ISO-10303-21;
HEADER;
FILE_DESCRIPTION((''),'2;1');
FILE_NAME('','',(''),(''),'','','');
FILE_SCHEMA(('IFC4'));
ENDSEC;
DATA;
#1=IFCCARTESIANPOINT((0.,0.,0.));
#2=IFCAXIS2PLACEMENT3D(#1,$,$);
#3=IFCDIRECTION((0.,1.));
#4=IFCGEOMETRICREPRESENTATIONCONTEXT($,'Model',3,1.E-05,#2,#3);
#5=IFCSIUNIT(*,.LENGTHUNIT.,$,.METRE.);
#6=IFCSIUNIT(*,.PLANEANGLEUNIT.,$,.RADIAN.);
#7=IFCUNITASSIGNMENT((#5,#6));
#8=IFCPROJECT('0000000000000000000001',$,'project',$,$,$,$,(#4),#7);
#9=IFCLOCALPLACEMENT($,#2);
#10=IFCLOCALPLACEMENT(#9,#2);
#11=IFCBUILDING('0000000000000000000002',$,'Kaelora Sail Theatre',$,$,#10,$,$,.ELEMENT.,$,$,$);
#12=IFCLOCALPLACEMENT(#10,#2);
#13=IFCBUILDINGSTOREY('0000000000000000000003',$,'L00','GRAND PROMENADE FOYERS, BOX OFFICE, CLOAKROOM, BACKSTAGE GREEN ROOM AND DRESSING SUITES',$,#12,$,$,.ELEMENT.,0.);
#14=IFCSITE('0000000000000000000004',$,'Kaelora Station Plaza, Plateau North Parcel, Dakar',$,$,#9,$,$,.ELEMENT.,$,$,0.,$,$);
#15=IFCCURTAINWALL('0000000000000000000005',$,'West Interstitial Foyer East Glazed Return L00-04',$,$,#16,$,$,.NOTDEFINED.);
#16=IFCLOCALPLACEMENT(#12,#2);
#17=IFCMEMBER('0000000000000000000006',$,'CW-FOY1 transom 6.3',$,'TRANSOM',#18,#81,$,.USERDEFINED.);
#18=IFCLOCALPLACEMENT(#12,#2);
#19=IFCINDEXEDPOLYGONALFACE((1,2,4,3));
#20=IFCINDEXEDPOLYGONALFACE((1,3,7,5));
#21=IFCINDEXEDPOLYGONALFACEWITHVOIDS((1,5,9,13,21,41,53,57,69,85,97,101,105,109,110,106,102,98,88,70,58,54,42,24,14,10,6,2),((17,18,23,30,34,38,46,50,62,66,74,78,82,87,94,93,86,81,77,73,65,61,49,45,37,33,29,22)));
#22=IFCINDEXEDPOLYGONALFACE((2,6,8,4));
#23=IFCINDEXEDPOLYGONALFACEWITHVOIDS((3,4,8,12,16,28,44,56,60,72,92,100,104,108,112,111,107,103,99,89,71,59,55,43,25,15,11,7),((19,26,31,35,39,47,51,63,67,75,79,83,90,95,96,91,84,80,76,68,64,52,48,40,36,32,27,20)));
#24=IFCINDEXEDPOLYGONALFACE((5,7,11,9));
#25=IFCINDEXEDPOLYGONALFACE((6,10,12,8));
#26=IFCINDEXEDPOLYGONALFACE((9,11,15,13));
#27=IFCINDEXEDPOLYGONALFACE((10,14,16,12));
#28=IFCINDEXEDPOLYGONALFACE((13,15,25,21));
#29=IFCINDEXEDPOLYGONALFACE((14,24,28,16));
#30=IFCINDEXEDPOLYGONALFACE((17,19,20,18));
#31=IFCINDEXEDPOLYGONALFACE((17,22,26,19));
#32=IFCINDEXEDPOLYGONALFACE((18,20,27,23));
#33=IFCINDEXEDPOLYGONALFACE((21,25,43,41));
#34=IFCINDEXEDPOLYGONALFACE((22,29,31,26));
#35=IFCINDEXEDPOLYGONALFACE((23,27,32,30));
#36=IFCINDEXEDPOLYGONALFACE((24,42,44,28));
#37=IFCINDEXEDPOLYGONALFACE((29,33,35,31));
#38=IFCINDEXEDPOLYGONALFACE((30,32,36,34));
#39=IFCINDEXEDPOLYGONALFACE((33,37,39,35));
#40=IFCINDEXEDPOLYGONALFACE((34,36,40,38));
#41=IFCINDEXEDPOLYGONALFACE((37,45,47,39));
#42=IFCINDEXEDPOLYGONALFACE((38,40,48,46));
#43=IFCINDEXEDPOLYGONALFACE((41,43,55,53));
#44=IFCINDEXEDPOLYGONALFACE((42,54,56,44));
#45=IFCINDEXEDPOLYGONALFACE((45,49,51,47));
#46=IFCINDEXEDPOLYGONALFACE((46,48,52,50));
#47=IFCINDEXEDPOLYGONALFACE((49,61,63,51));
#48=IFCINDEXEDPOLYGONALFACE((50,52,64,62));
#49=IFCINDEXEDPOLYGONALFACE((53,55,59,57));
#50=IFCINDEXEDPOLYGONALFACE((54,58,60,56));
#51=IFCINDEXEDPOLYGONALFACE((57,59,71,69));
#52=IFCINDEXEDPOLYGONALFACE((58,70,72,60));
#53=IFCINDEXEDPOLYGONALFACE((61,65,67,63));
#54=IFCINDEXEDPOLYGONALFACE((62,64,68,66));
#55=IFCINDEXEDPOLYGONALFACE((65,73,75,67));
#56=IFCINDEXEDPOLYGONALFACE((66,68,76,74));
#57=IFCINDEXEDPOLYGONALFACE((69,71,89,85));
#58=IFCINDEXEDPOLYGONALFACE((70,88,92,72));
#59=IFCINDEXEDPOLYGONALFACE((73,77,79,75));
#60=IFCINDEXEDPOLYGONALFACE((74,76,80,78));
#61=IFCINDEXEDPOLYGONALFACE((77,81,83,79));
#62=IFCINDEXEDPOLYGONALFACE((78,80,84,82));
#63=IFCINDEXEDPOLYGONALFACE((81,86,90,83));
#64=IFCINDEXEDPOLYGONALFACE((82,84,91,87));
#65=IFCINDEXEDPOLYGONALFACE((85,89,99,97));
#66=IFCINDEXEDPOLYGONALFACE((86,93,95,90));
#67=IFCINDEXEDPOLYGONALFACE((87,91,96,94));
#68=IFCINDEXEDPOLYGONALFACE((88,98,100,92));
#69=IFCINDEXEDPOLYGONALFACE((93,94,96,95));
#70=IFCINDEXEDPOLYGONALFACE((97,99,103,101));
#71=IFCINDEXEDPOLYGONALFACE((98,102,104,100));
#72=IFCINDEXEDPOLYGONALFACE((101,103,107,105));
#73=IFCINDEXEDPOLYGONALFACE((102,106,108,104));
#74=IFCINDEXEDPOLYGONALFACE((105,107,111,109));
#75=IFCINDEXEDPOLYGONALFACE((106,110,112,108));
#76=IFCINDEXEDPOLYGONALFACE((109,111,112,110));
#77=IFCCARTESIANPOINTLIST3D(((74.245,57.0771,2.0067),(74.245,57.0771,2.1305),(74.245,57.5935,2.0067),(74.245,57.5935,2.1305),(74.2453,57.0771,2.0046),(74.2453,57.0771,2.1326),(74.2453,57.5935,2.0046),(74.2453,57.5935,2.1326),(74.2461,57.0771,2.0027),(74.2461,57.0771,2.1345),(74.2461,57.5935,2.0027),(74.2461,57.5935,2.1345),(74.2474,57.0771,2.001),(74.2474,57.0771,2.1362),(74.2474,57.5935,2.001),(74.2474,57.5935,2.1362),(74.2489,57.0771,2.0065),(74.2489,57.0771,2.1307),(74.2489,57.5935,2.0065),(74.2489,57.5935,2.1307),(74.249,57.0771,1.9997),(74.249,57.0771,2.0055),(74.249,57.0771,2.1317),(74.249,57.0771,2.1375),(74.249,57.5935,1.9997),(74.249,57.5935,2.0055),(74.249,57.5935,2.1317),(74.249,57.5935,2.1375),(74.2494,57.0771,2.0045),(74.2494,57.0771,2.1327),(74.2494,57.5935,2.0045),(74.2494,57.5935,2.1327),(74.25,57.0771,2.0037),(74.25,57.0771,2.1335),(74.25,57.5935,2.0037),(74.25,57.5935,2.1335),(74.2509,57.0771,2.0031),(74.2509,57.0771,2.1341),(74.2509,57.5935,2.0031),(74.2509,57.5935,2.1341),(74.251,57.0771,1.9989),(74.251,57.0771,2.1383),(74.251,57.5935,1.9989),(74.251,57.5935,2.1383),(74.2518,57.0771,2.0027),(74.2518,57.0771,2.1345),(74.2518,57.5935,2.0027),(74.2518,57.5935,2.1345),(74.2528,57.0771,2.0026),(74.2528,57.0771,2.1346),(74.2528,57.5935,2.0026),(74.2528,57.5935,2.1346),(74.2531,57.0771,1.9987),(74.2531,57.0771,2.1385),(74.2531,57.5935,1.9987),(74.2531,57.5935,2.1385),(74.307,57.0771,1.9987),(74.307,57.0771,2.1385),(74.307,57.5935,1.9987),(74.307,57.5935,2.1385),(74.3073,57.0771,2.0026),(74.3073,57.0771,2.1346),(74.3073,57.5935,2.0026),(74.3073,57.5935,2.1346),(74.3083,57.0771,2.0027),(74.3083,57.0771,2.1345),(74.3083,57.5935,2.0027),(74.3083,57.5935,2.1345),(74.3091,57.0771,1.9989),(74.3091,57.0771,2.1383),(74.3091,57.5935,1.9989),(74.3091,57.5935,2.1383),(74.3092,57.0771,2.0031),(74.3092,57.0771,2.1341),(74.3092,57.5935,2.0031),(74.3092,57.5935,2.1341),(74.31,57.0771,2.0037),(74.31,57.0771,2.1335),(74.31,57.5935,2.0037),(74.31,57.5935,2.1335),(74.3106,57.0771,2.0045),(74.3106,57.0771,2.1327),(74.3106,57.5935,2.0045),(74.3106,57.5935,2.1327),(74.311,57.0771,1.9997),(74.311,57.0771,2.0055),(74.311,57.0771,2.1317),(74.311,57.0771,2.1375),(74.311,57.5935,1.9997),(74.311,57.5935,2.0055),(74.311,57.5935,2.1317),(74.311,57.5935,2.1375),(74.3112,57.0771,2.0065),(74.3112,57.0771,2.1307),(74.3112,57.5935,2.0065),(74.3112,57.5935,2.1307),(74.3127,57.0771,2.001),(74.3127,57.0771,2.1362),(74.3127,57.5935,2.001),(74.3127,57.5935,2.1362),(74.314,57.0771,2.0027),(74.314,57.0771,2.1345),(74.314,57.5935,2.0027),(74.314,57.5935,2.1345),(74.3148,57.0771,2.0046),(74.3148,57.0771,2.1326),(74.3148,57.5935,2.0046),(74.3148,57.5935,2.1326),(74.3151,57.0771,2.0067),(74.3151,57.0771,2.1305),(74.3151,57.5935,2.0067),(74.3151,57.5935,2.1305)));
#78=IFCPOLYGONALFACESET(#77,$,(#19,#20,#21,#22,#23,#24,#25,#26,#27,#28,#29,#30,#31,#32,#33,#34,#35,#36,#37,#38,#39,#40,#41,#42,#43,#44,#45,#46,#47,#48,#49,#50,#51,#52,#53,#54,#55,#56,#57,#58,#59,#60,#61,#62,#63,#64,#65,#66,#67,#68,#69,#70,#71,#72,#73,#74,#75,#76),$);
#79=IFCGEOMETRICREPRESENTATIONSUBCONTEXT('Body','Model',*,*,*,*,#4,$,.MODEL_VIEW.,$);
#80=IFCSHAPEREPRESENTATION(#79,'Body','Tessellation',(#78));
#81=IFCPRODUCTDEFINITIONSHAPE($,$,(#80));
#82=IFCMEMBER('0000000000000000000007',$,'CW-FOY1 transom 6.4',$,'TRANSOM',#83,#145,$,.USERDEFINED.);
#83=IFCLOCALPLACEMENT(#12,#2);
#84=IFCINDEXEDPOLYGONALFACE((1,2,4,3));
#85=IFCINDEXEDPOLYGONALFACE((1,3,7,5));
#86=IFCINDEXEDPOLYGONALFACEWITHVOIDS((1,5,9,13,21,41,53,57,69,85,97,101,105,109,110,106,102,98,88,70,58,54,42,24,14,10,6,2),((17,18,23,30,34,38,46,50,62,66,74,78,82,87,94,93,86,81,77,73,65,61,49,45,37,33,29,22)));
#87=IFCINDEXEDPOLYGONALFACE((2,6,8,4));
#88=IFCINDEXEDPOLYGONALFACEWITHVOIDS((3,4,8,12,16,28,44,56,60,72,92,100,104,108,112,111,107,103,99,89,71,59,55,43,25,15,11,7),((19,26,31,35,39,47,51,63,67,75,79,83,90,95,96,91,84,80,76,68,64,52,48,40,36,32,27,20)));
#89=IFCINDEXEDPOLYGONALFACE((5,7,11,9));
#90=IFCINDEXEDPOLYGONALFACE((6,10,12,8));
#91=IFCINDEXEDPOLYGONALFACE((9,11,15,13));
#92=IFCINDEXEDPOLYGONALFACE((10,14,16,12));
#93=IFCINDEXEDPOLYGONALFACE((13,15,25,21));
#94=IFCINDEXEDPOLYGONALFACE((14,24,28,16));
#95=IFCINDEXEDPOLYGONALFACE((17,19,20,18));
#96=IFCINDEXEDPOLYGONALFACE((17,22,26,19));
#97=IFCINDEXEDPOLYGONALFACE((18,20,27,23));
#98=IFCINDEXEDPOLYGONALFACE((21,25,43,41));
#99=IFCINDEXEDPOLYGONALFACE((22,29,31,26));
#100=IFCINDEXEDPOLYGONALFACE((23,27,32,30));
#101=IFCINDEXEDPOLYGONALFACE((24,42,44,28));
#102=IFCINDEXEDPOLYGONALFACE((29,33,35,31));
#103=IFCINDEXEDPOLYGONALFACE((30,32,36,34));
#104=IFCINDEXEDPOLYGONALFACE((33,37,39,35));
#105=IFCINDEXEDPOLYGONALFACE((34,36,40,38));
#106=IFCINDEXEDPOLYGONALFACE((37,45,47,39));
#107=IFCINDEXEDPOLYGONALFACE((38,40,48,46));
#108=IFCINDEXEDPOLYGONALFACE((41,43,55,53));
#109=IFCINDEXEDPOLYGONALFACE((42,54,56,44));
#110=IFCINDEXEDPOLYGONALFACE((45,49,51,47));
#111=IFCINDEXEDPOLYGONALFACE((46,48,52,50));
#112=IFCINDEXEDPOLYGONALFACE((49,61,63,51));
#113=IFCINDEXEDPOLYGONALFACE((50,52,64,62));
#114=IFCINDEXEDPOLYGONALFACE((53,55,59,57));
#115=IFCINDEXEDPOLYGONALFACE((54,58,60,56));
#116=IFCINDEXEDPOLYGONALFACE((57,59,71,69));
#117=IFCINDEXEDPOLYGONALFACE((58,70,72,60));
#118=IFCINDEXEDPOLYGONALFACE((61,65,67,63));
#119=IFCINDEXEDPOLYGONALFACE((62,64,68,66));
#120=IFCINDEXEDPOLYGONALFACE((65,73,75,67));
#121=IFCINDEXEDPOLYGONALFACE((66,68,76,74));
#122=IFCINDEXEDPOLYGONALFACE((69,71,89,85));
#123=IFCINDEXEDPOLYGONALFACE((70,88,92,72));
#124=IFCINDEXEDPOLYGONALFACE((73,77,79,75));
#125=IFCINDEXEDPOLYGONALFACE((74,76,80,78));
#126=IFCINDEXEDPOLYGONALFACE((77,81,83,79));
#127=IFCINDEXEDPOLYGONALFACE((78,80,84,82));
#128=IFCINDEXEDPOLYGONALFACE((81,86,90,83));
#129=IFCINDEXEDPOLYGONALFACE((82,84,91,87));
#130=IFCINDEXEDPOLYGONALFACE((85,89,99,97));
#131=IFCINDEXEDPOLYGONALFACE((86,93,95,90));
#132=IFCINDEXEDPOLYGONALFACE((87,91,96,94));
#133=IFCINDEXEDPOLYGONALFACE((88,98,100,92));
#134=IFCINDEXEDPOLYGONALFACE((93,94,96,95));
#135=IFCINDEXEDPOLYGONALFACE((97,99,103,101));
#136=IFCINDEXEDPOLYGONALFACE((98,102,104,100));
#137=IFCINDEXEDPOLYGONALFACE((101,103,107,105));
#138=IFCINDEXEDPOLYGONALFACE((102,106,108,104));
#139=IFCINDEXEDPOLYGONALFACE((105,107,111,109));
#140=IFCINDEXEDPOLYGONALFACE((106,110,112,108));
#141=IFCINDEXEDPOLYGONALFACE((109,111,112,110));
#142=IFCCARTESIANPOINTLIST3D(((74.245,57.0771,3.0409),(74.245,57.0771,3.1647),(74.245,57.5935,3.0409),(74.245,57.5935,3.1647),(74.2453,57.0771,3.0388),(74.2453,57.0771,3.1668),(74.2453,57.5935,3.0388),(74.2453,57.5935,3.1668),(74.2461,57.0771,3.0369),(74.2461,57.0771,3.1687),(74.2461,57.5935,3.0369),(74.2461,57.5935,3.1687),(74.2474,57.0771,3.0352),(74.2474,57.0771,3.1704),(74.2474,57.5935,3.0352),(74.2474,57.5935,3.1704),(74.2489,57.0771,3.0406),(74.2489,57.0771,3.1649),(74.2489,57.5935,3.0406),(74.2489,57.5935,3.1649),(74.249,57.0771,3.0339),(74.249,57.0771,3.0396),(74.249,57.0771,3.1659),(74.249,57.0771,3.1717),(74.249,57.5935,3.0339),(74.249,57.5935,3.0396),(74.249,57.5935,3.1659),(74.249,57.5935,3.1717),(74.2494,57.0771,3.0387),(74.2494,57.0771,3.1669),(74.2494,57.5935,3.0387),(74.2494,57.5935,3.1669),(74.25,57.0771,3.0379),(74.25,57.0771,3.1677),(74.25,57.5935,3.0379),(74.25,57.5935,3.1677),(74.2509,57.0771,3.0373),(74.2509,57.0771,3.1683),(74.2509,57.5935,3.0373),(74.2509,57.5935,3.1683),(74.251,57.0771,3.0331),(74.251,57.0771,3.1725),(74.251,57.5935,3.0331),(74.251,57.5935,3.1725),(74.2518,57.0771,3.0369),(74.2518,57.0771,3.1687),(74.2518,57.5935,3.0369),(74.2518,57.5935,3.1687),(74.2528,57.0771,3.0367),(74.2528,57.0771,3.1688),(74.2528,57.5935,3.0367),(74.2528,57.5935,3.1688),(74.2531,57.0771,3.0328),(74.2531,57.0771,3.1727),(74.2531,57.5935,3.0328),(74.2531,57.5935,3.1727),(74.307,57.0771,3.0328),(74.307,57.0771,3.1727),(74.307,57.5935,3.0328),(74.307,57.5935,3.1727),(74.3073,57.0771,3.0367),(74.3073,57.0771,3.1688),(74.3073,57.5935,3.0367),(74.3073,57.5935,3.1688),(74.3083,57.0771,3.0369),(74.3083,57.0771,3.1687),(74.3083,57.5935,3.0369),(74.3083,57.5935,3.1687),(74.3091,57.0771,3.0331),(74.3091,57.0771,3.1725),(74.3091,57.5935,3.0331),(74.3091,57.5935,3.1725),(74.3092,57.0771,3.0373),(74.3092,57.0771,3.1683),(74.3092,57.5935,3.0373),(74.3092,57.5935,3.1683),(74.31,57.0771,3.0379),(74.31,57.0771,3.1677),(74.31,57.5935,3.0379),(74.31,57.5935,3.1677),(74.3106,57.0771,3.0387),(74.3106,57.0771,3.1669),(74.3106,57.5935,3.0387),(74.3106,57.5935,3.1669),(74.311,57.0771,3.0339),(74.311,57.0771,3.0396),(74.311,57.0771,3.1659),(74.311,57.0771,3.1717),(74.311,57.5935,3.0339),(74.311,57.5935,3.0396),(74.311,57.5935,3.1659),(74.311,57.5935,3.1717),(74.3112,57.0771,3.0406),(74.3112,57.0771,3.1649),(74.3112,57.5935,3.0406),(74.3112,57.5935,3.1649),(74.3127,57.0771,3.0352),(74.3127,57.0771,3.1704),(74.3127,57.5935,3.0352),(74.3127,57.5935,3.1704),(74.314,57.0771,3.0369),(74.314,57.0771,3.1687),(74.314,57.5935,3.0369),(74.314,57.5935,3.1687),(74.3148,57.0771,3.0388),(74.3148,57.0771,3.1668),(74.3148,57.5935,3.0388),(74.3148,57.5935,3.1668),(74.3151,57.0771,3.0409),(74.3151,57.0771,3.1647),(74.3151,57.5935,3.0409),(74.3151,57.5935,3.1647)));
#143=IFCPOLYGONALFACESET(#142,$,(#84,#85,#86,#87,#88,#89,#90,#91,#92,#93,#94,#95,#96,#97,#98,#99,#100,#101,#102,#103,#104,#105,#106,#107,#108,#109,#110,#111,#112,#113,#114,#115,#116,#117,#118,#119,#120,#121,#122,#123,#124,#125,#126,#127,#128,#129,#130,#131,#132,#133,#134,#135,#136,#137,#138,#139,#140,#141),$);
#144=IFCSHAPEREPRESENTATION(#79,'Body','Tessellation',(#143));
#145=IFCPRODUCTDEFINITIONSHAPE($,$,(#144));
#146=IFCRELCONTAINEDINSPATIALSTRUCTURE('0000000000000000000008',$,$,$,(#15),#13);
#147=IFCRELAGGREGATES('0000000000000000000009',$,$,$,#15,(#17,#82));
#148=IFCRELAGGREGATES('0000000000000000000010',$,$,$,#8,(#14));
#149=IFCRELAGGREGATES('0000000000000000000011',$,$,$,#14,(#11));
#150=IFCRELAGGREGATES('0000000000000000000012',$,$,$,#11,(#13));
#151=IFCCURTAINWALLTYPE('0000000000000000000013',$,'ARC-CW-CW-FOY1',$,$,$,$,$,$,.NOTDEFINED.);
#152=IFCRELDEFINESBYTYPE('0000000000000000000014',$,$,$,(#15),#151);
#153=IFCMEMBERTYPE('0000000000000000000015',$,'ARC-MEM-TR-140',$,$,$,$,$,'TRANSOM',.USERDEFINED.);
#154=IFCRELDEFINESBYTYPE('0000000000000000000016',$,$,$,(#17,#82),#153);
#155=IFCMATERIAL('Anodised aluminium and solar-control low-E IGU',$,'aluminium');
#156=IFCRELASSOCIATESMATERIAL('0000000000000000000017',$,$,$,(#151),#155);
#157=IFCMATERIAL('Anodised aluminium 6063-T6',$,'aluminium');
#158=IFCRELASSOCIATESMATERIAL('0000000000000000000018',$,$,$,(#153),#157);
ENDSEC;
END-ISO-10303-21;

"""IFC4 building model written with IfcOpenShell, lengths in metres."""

from ifc_helpers import new_model, si_unit, direction, frame, origin, origin_2d, place, context, subcontext, project, spatial, hollow_rectangle, extrude, material, material_profile, profile_set, type_object, element, aggregate, save


model = new_model("IFC4")

# Units and contexts
model_context = context("Model", 3, precision=1e-05, world=origin(), true_north=direction((0.0, 1.0)))
body_context = subcontext(model_context, "Body", "Model", "MODEL_VIEW")
ifc_project = project(units=[si_unit("LENGTHUNIT", "METRE"), si_unit("PLANEANGLEUNIT", "RADIAN")], contexts=[model_context])

# Site, building, storey
site_placement = place(None, origin())
site = spatial("IfcSite", under=ifc_project, at=site_placement, Name="Kaelora Station Plaza, Plateau North Parcel, Dakar", CompositionType="ELEMENT", RefElevation=0.0)
building_placement = place(site_placement, origin())
building = spatial("IfcBuilding", under=site, at=building_placement, Name="Kaelora Sail Theatre", CompositionType="ELEMENT")
storey_placement = place(building_placement, origin())
storey = spatial("IfcBuildingStorey", under=building, at=storey_placement, Name="L00", Description="GRAND PROMENADE FOYERS, BOX OFFICE, CLOAKROOM, BACKSTAGE GREEN ROOM AND DRESSING SUITES", CompositionType="ELEMENT", Elevation=0.0)

# Curtain wall
ifc_material_1 = material(Name="Anodised aluminium and solar-control low-E IGU", Category="aluminium")
curtain_wall_type = type_object("IfcCurtainWallType", Name="ARC-CW-CW-FOY1", PredefinedType="NOTDEFINED", material=ifc_material_1)
curtain_wall_placement = place(storey_placement, origin())
curtain_wall = element("IfcCurtainWall", 1, at=curtain_wall_placement, inside=storey, type_object=curtain_wall_type, Name="West Interstitial Foyer East Glazed Return L00-04", PredefinedType="NOTDEFINED")

# Members
ifc_material_2 = material(Name="Anodised aluminium 6063-T6", Category="aluminium")
ifc_material_profile_1 = material_profile(ifc_material_2, hollow_rectangle(XDim=0.0701, YDim=0.1399, WallThickness=0.0039, InnerFilletRadius=0.0039, OuterFilletRadius=0.0081, at=origin_2d()), Name="ALU-TRAN 70x140x4")
ifc_profile_set_1 = profile_set([ifc_material_profile_1], Name="Anodised aluminium 6063-T6")
member_type_1 = type_object("IfcMemberType", Name="ARC-MEM-TR-140", ElementType="TRANSOM", PredefinedType="USERDEFINED", material=ifc_profile_set_1)
member_1_placement = place(storey_placement, frame((74.28, 57.0771, 2.0686), z_axis=(0.0, 1.0, 0.0), x_axis=(-1.0, 0.0, 0.0)))
member_1 = element("IfcMember", 2, at=member_1_placement, type_object=member_type_1, Name="CW-FOY1 transom 6.3", ObjectType="TRANSOM", PredefinedType="USERDEFINED", context=body_context, shape_type="SweptSolid", body=[
    extrude(hollow_rectangle(XDim=0.0701, YDim=0.1399, WallThickness=0.0039, InnerFilletRadius=0.0039, OuterFilletRadius=0.0081, at=origin_2d()), origin(), (0.0, 0.0, 1.0), 0.5164),
])
member_2_placement = place(storey_placement, frame((74.28, 57.0771, 3.1028), z_axis=(0.0, 1.0, 0.0), x_axis=(-1.0, 0.0, 0.0)))
member_2 = element("IfcMember", 3, at=member_2_placement, type_object=member_type_1, Name="CW-FOY1 transom 6.4", ObjectType="TRANSOM", PredefinedType="USERDEFINED", context=body_context, shape_type="SweptSolid", body=[
    extrude(hollow_rectangle(XDim=0.0701, YDim=0.1399, WallThickness=0.0039, InnerFilletRadius=0.0039, OuterFilletRadius=0.0081, at=origin_2d()), origin(), (0.0, 0.0, 1.0), 0.5164),
])

aggregate(curtain_wall, [member_1, member_2])

save(model, "model.ifc")
